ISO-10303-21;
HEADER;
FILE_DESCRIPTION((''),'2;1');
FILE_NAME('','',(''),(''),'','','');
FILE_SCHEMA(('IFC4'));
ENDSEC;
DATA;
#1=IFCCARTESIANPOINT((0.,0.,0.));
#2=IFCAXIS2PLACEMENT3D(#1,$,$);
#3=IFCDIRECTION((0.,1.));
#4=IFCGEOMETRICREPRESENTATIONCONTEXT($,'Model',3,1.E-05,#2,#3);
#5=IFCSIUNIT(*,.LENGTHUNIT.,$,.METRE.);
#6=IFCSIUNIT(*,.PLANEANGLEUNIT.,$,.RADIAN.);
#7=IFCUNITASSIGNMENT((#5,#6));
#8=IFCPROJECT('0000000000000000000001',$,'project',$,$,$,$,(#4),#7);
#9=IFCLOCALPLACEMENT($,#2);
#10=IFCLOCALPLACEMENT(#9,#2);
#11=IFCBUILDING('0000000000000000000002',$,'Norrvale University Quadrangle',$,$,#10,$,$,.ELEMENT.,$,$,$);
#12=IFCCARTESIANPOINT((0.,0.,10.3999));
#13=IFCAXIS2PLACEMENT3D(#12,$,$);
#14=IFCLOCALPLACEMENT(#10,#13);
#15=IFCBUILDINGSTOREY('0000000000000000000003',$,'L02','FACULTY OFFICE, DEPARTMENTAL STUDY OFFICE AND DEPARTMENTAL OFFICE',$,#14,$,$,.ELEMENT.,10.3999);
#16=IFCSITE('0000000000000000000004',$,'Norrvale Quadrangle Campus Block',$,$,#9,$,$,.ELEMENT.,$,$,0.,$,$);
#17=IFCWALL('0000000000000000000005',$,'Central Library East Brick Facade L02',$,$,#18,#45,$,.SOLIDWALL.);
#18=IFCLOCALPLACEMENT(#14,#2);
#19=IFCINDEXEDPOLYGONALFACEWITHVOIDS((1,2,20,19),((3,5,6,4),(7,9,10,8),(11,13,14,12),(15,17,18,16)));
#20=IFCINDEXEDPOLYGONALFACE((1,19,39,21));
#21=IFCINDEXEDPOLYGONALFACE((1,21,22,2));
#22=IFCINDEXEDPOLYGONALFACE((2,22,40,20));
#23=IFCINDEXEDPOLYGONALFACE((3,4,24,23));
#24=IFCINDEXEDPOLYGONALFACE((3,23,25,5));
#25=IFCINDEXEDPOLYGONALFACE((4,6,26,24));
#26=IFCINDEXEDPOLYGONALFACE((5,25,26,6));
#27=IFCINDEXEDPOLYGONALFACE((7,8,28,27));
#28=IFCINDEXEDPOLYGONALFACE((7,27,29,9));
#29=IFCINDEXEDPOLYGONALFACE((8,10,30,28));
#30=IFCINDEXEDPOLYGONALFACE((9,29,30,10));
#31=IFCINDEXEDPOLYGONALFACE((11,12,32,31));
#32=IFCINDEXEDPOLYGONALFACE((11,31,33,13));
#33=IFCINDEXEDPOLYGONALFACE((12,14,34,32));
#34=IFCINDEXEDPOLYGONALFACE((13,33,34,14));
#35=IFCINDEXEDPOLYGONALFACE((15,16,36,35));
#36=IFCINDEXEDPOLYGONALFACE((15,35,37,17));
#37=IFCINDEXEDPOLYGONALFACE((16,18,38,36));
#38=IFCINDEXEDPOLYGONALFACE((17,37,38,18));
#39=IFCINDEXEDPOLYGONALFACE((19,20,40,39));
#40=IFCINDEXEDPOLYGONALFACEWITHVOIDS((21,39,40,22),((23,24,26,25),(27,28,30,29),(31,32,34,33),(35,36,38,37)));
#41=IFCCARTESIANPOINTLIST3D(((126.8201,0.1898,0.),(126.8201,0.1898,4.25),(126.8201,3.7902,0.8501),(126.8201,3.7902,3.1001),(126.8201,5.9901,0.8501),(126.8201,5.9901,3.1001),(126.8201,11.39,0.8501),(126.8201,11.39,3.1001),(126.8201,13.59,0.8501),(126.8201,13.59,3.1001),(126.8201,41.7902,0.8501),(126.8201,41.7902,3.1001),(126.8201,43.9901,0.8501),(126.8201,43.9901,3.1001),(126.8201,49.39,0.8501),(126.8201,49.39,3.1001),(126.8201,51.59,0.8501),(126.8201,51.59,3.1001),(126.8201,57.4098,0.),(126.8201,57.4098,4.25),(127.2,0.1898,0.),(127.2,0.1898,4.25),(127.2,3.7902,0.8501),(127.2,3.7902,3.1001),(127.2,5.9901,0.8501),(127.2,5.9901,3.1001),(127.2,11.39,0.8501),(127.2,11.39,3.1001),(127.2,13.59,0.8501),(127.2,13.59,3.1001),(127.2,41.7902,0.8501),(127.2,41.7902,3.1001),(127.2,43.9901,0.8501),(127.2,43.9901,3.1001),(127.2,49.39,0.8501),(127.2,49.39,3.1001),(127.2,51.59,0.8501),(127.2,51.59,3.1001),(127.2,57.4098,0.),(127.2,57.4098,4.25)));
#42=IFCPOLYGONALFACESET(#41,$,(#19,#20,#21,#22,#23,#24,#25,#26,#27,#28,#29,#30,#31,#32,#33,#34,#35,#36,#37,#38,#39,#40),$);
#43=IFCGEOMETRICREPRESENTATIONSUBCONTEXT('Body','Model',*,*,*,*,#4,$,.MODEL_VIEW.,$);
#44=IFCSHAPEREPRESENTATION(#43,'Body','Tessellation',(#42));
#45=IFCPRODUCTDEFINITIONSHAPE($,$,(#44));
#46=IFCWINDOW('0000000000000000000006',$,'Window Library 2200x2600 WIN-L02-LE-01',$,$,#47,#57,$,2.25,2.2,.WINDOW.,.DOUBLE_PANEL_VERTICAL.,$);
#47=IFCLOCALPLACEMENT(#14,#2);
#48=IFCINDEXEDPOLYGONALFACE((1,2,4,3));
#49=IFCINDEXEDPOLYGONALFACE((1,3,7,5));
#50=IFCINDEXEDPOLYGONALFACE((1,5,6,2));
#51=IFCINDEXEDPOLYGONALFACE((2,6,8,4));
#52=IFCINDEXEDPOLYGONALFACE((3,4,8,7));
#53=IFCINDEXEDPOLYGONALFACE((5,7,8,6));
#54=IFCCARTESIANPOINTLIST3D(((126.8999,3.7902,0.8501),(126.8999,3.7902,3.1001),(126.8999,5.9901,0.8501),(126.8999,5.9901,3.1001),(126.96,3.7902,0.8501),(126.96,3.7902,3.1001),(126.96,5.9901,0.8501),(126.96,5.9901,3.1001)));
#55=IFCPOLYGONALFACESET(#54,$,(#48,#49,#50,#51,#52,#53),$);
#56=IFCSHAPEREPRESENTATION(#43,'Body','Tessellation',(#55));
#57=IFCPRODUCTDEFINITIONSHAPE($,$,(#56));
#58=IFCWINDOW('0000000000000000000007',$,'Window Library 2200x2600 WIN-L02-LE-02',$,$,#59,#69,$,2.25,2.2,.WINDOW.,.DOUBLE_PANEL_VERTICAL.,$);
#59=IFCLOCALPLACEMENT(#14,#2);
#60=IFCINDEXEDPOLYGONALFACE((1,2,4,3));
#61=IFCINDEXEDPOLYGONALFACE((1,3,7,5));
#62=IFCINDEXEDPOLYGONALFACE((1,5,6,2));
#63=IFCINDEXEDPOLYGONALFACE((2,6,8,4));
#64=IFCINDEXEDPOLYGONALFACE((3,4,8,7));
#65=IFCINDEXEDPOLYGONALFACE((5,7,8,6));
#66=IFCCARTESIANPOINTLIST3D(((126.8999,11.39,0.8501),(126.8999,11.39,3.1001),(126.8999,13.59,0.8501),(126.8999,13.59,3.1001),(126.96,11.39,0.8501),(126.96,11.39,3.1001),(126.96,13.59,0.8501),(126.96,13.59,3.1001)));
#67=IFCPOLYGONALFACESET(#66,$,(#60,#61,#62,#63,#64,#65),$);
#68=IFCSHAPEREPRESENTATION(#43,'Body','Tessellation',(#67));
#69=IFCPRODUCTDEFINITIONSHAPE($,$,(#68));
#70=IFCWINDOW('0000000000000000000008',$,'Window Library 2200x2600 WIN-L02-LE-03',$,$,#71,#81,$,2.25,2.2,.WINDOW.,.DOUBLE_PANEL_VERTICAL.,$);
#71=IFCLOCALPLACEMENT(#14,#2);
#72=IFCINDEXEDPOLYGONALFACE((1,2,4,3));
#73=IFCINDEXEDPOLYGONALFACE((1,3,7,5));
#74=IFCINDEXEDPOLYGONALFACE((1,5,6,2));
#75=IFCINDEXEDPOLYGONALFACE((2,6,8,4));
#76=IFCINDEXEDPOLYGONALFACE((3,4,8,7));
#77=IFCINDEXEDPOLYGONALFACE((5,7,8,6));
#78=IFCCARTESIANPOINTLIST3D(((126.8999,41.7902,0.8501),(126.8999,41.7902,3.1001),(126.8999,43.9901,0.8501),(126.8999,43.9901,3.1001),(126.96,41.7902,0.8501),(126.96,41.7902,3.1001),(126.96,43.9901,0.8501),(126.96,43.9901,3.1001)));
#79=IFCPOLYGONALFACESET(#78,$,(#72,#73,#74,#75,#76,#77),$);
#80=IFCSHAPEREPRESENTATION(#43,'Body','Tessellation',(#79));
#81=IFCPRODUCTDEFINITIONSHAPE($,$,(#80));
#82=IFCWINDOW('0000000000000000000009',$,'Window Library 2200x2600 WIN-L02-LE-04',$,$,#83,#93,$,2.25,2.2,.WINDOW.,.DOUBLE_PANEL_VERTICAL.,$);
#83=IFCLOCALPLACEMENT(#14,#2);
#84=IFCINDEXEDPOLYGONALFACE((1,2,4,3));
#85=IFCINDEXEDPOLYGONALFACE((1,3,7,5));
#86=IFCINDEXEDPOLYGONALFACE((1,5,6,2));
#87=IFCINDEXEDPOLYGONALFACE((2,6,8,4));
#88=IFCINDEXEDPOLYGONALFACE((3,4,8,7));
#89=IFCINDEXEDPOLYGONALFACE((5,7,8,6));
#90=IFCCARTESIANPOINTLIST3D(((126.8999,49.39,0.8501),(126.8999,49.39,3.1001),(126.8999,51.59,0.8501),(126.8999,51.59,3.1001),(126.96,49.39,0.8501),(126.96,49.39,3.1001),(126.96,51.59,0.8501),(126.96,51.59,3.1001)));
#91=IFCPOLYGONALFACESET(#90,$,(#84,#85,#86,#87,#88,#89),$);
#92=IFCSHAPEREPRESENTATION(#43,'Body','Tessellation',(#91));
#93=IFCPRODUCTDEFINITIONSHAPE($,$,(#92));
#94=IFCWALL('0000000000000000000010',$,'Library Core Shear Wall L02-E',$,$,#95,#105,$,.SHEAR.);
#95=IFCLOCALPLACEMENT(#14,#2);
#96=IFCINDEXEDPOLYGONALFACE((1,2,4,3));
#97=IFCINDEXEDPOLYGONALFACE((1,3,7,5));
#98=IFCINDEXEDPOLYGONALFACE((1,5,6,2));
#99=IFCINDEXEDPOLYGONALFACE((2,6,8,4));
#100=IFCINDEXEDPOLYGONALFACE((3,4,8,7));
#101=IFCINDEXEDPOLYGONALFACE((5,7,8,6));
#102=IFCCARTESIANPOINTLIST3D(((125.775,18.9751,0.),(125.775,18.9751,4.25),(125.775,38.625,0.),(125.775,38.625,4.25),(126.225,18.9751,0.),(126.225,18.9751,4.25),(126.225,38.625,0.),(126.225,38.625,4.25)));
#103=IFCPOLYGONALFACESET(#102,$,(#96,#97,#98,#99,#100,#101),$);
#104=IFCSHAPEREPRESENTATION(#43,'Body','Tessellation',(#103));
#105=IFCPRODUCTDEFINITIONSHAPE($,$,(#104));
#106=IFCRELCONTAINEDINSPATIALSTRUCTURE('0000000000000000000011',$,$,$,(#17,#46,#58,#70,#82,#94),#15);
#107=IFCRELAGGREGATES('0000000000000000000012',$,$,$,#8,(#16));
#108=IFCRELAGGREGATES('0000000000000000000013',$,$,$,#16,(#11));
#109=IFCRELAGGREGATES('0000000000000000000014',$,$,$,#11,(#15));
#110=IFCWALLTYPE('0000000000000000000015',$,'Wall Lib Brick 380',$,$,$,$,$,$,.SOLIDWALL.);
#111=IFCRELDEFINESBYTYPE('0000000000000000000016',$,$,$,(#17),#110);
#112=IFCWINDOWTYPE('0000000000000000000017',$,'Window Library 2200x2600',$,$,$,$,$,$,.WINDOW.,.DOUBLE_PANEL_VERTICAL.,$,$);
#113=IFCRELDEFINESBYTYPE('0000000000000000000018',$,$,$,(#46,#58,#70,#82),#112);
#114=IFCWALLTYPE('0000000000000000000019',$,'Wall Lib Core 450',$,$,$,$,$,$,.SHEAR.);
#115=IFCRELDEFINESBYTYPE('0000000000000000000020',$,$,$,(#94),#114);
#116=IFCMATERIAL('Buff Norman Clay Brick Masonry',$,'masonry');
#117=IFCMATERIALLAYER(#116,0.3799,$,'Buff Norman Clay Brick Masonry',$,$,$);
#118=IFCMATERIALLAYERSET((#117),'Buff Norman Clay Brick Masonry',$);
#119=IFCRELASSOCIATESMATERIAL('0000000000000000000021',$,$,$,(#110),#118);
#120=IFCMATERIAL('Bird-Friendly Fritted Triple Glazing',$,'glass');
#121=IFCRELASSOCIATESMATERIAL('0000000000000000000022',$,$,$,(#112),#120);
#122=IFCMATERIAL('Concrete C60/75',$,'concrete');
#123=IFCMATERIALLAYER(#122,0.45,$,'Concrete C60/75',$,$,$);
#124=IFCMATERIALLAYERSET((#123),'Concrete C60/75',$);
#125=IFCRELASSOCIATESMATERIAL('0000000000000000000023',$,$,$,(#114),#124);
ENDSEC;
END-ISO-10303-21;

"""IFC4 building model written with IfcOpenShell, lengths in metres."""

from ifc_helpers import new_model, si_unit, direction, frame, frame_2d, origin, place, context, subcontext, project, spatial, rectangle, extrude, material, layer, layer_set, type_object, element, fill, save


model = new_model("IFC4")

# Units and contexts
model_context = context("Model", 3, precision=1e-05, world=origin(), true_north=direction((0.0, 1.0)))
body_context = subcontext(model_context, "Body", "Model", "MODEL_VIEW")
ifc_project = project(units=[si_unit("LENGTHUNIT", "METRE"), si_unit("PLANEANGLEUNIT", "RADIAN")], contexts=[model_context])

# Site, building, storey
site_placement = place(None, origin())
site = spatial("IfcSite", under=ifc_project, at=site_placement, Name="Norrvale Quadrangle Campus Block", CompositionType="ELEMENT", RefElevation=0.0)
building_placement = place(site_placement, origin())
building = spatial("IfcBuilding", under=site, at=building_placement, Name="Norrvale University Quadrangle", CompositionType="ELEMENT")
storey_placement = place(building_placement, frame((0.0, 0.0, 10.3999)))
storey = spatial("IfcBuildingStorey", under=building, at=storey_placement, Name="L02", Description="FACULTY OFFICE, DEPARTMENTAL STUDY OFFICE AND DEPARTMENTAL OFFICE", CompositionType="ELEMENT", Elevation=10.3999)

# Shared definitions
ifc_material_1 = material(Name="Concrete C60/75", Category="concrete")

# Wall, openings, windows
ifc_material_2 = material(Name="Buff Norman Clay Brick Masonry", Category="masonry")
ifc_layer_1 = layer(ifc_material_2, 0.3799, Name="Buff Norman Clay Brick Masonry")
ifc_layer_set_1 = layer_set([ifc_layer_1], Name="Buff Norman Clay Brick Masonry")
wall_type_1 = type_object("IfcWallType", Name="Wall Lib Brick 380", PredefinedType="SOLIDWALL", material=ifc_layer_set_1)
wall_1_placement = place(storey_placement, frame((127.01, 0.1899, 0.0), z_axis=(0.0, 0.0, 1.0), x_axis=(0.0, 1.0, 0.0)))
wall_1 = element("IfcWall", 1, at=wall_1_placement, inside=storey, type_object=wall_type_1, Name="Central Library East Brick Facade L02", PredefinedType="SOLIDWALL", context=body_context, shape_type="SweptSolid", body=[
    extrude(rectangle(XDim=57.22, YDim=0.3799, at=frame_2d((28.6099, 0.0))), origin(), (0.0, 0.0, 1.0), 4.25),
])
opening_1_placement = place(wall_1_placement, frame((3.6001, 0.0, 0.8501)))
opening_1 = element("IfcOpeningElement", 2, at=opening_1_placement, cuts=wall_1, PredefinedType="OPENING", context=body_context, shape_type="SweptSolid", body=[
    extrude(rectangle(XDim=2.2, YDim=2.25, at=frame_2d((1.1001, 1.125))), frame((0.0, 0.2019, 0.0), z_axis=(0.0, -1.0, 0.0), x_axis=(1.0, 0.0, 0.0)), (0.0, 0.0, 1.0), 0.4038),
])
opening_2_placement = place(wall_1_placement, frame((11.2, 0.0, 0.8501)))
opening_2 = element("IfcOpeningElement", 3, at=opening_2_placement, cuts=wall_1, PredefinedType="OPENING", context=body_context, shape_type="SweptSolid", body=[
    extrude(rectangle(XDim=2.2, YDim=2.25, at=frame_2d((1.1001, 1.125))), frame((0.0, 0.2019, 0.0), z_axis=(0.0, -1.0, 0.0), x_axis=(1.0, 0.0, 0.0)), (0.0, 0.0, 1.0), 0.4038),
])
opening_3_placement = place(wall_1_placement, frame((41.6001, 0.0, 0.8501)))
opening_3 = element("IfcOpeningElement", 4, at=opening_3_placement, cuts=wall_1, PredefinedType="OPENING", context=body_context, shape_type="SweptSolid", body=[
    extrude(rectangle(XDim=2.2, YDim=2.25, at=frame_2d((1.1001, 1.125))), frame((0.0, 0.2019, 0.0), z_axis=(0.0, -1.0, 0.0), x_axis=(1.0, 0.0, 0.0)), (0.0, 0.0, 1.0), 0.4038),
])
opening_4_placement = place(wall_1_placement, frame((49.2, 0.0, 0.8501)))
opening_4 = element("IfcOpeningElement", 5, at=opening_4_placement, cuts=wall_1, PredefinedType="OPENING", context=body_context, shape_type="SweptSolid", body=[
    extrude(rectangle(XDim=2.2, YDim=2.25, at=frame_2d((1.1001, 1.125))), frame((0.0, 0.2019, 0.0), z_axis=(0.0, -1.0, 0.0), x_axis=(1.0, 0.0, 0.0)), (0.0, 0.0, 1.0), 0.4038),
])
ifc_material_3 = material(Name="Bird-Friendly Fritted Triple Glazing", Category="glass")
window_type = type_object("IfcWindowType", Name="Window Library 2200x2600", PartitioningType="DOUBLE_PANEL_VERTICAL", PredefinedType="WINDOW", material=ifc_material_3)
window_1_placement = place(opening_1_placement, origin())
window_1 = element("IfcWindow", 6, at=window_1_placement, inside=storey, type_object=window_type, Name="Window Library 2200x2600 WIN-L02-LE-01", OverallHeight=2.25, OverallWidth=2.2, PartitioningType="DOUBLE_PANEL_VERTICAL", PredefinedType="WINDOW", context=body_context, shape_type="SweptSolid", body=[
    extrude(rectangle(XDim=2.2, YDim=2.25, at=frame_2d((1.1001, 1.125))), frame((0.0, 0.1101, 0.0), z_axis=(0.0, -1.0, 0.0), x_axis=(1.0, 0.0, 0.0)), (0.0, 0.0, 1.0), 0.0601),
])
fill(opening_1, window_1)
window_2_placement = place(opening_2_placement, origin())
window_2 = element("IfcWindow", 7, at=window_2_placement, inside=storey, type_object=window_type, Name="Window Library 2200x2600 WIN-L02-LE-02", OverallHeight=2.25, OverallWidth=2.2, PartitioningType="DOUBLE_PANEL_VERTICAL", PredefinedType="WINDOW", context=body_context, shape_type="SweptSolid", body=[
    extrude(rectangle(XDim=2.2, YDim=2.25, at=frame_2d((1.1001, 1.125))), frame((0.0, 0.1101, 0.0), z_axis=(0.0, -1.0, 0.0), x_axis=(1.0, 0.0, 0.0)), (0.0, 0.0, 1.0), 0.0601),
])
fill(opening_2, window_2)
window_3_placement = place(opening_3_placement, origin())
window_3 = element("IfcWindow", 8, at=window_3_placement, inside=storey, type_object=window_type, Name="Window Library 2200x2600 WIN-L02-LE-03", OverallHeight=2.25, OverallWidth=2.2, PartitioningType="DOUBLE_PANEL_VERTICAL", PredefinedType="WINDOW", context=body_context, shape_type="SweptSolid", body=[
    extrude(rectangle(XDim=2.2, YDim=2.25, at=frame_2d((1.1001, 1.125))), frame((0.0, 0.1101, 0.0), z_axis=(0.0, -1.0, 0.0), x_axis=(1.0, 0.0, 0.0)), (0.0, 0.0, 1.0), 0.0601),
])
fill(opening_3, window_3)
window_4_placement = place(opening_4_placement, origin())
window_4 = element("IfcWindow", 9, at=window_4_placement, inside=storey, type_object=window_type, Name="Window Library 2200x2600 WIN-L02-LE-04", OverallHeight=2.25, OverallWidth=2.2, PartitioningType="DOUBLE_PANEL_VERTICAL", PredefinedType="WINDOW", context=body_context, shape_type="SweptSolid", body=[
    extrude(rectangle(XDim=2.2, YDim=2.25, at=frame_2d((1.1001, 1.125))), frame((0.0, 0.1101, 0.0), z_axis=(0.0, -1.0, 0.0), x_axis=(1.0, 0.0, 0.0)), (0.0, 0.0, 1.0), 0.0601),
])
fill(opening_4, window_4)

# Wall
ifc_layer_2 = layer(ifc_material_1, 0.45, Name="Concrete C60/75")
ifc_layer_set_2 = layer_set([ifc_layer_2], Name="Concrete C60/75")
wall_type_2 = type_object("IfcWallType", Name="Wall Lib Core 450", PredefinedType="SHEAR", material=ifc_layer_set_2)
wall_2_placement = place(storey_placement, frame((126.0, 18.9751, 0.0), z_axis=(0.0, 0.0, 1.0), x_axis=(0.0, 1.0, 0.0)))
element("IfcWall", 10, at=wall_2_placement, inside=storey, type_object=wall_type_2, Name="Library Core Shear Wall L02-E", PredefinedType="SHEAR", context=body_context, shape_type="SweptSolid", body=[
    extrude(rectangle(XDim=19.6499, YDim=0.45, at=frame_2d((9.825, 0.0))), origin(), (0.0, 0.0, 1.0), 4.25),
])

save(model, "model.ifc")
